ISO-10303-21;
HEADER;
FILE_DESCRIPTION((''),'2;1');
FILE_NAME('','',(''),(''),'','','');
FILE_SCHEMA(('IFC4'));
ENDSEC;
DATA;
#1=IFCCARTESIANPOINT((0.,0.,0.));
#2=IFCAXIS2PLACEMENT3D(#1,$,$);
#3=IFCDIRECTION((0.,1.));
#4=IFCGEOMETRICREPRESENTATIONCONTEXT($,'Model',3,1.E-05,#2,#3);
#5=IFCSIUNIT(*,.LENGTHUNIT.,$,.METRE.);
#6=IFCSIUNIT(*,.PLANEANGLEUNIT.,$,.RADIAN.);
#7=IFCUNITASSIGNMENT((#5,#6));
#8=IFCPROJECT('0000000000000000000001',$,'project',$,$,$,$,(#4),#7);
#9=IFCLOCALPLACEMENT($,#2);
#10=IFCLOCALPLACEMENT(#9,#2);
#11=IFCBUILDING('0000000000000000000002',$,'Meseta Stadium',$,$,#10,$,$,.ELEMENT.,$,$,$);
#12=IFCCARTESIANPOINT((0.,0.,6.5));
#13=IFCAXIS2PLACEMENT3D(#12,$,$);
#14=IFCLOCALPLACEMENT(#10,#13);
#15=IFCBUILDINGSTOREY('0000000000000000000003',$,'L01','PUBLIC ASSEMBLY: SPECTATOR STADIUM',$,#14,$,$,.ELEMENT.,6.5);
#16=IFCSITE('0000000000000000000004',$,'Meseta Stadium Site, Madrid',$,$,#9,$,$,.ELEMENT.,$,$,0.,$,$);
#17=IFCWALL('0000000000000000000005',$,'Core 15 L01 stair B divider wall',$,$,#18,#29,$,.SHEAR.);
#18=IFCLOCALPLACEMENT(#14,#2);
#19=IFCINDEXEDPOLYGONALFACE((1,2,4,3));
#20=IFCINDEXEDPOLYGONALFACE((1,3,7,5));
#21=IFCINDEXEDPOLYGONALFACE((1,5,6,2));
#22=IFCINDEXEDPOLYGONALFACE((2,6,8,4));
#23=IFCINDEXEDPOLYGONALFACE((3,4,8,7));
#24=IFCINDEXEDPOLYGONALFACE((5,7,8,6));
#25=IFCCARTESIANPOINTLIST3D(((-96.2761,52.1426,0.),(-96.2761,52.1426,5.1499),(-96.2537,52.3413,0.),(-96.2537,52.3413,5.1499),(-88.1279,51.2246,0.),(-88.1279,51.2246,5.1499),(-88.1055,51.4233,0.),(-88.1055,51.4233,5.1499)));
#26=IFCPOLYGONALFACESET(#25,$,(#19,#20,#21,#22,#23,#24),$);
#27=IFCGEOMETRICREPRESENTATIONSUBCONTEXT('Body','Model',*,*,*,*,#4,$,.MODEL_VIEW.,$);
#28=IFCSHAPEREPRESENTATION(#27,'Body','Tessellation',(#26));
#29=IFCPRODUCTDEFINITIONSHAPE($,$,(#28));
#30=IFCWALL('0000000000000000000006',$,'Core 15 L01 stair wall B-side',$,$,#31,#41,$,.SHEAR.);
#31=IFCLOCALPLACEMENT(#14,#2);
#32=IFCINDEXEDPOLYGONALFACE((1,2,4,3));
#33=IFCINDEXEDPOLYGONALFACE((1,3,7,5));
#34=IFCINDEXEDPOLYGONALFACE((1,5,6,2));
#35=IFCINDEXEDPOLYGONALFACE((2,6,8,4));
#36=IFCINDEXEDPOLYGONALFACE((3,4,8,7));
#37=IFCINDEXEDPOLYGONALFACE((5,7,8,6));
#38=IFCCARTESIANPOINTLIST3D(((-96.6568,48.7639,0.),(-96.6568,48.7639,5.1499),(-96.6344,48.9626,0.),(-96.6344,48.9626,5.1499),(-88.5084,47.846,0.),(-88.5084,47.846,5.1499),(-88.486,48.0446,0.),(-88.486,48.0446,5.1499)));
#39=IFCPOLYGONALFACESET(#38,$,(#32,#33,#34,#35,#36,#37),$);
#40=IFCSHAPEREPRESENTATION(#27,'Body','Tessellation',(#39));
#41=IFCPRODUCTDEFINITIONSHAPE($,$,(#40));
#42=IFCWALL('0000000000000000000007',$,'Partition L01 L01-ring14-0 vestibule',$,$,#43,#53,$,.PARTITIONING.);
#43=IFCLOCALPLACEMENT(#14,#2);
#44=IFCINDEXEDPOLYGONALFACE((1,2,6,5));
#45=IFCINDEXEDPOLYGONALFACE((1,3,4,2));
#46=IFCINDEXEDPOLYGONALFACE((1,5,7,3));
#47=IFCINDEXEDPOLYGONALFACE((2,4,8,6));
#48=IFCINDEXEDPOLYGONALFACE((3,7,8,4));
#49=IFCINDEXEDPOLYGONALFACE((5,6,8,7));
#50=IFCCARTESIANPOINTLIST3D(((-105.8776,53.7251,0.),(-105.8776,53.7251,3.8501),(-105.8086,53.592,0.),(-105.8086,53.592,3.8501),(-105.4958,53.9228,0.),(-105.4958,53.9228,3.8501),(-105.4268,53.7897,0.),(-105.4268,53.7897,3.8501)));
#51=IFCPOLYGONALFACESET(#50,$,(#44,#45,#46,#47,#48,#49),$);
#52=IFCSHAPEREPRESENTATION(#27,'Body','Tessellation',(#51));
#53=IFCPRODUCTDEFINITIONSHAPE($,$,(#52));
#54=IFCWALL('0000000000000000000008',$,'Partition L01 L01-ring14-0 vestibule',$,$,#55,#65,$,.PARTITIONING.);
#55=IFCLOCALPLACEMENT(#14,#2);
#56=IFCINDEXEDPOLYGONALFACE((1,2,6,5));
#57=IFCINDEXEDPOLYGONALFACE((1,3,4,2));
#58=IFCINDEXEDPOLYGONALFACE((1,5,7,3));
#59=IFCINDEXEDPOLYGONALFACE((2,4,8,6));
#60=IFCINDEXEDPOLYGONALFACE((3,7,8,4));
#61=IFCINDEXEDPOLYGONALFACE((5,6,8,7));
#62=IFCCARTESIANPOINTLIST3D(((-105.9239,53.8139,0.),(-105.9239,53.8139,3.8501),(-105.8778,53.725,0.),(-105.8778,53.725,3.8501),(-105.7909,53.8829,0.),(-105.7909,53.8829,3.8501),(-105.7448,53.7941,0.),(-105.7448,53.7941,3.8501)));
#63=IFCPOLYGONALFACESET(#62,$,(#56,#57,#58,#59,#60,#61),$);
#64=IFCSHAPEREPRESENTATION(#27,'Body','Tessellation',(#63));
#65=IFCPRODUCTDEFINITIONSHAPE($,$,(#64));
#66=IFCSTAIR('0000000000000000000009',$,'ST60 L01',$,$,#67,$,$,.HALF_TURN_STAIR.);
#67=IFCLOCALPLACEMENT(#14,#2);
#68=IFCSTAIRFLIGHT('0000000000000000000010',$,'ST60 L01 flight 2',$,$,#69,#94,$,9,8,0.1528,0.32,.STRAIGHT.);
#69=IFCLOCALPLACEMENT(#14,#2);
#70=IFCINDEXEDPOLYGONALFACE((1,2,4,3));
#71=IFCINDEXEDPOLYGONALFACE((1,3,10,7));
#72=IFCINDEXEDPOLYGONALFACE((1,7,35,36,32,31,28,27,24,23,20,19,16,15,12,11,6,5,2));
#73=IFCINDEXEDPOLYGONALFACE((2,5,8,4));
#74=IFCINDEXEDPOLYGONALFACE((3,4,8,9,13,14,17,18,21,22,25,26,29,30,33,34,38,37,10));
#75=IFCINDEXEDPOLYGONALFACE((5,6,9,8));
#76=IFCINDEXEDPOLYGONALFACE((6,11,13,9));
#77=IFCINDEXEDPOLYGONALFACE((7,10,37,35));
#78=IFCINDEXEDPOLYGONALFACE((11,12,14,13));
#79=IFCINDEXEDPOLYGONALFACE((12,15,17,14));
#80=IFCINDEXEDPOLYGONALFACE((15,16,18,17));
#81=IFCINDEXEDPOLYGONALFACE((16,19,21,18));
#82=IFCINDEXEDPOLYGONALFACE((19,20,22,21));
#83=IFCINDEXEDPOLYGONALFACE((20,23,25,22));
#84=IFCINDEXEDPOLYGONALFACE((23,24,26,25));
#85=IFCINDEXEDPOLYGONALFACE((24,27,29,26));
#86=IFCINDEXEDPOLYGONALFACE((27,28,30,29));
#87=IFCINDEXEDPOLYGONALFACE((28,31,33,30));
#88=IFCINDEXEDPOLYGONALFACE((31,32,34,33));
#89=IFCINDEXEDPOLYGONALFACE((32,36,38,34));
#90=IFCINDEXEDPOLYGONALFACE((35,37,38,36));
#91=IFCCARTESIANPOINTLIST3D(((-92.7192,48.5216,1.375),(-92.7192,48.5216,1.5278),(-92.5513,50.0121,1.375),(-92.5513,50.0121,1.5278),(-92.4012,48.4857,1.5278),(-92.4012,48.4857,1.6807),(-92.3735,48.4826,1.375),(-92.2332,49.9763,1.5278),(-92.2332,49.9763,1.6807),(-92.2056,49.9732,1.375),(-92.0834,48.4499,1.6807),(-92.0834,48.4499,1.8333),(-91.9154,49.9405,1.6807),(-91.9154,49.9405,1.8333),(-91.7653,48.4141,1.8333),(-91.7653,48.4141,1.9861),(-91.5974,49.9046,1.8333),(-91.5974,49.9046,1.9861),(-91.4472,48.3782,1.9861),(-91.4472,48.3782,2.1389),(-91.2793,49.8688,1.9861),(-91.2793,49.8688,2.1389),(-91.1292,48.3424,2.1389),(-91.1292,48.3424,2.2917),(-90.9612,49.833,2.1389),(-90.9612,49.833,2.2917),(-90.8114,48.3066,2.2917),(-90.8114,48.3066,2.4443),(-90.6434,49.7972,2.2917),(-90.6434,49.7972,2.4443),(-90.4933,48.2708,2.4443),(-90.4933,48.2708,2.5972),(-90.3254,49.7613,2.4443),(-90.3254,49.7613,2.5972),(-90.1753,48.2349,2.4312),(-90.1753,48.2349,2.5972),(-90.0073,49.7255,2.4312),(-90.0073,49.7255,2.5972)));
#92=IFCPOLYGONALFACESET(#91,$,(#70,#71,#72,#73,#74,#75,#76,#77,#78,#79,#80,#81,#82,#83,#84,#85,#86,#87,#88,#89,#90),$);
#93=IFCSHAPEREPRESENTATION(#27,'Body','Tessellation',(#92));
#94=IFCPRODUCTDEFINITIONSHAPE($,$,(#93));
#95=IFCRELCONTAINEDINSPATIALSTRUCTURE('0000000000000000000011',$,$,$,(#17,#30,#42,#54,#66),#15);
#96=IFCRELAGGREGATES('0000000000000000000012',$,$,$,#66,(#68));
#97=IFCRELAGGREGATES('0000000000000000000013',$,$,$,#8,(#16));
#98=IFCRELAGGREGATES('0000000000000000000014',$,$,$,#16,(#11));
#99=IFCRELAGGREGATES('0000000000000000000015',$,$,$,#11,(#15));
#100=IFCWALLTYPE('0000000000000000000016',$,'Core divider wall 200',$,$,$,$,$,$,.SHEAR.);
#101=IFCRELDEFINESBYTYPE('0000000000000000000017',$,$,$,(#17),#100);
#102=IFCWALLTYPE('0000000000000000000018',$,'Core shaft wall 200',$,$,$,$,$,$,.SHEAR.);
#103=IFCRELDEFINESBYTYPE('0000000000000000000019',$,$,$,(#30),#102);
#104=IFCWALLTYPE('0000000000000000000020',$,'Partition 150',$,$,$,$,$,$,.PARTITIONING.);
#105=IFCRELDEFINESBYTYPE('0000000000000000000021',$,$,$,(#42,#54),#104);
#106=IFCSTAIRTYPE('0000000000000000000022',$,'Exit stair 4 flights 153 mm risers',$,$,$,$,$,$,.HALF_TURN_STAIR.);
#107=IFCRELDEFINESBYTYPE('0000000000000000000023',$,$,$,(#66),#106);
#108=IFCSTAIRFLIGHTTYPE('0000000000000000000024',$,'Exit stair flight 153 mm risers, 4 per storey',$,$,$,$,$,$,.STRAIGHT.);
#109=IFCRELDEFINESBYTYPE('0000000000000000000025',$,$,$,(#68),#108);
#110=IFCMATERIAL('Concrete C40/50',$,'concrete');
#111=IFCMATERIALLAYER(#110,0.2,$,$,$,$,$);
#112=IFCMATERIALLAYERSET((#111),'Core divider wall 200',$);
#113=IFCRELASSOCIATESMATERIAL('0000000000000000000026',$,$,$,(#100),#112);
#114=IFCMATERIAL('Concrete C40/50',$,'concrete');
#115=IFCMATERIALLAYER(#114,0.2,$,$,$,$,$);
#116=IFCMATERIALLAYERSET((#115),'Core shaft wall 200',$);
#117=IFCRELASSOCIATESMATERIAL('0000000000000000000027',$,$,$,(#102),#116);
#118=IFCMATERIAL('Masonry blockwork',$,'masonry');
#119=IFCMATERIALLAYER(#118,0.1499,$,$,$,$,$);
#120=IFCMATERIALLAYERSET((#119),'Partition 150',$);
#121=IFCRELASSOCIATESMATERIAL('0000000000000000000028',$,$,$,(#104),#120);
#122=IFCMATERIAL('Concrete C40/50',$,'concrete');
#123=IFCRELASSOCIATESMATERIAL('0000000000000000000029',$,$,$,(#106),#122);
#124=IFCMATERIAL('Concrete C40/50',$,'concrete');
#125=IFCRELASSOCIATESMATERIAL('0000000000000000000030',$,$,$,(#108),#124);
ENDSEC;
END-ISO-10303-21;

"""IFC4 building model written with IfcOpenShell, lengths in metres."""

from ifc_helpers import new_model, si_unit, direction, frame, frame_2d, origin, place, context, subcontext, project, spatial, polyline, rectangle, outline, extrude, material, layer, layer_set, type_object, element, aggregate, save


model = new_model("IFC4")

# Units and contexts
model_context = context("Model", 3, precision=1e-05, world=origin(), true_north=direction((0.0, 1.0)))
body_context = subcontext(model_context, "Body", "Model", "MODEL_VIEW")
ifc_project = project(units=[si_unit("LENGTHUNIT", "METRE"), si_unit("PLANEANGLEUNIT", "RADIAN")], contexts=[model_context])

# Site, building, storey
site_placement = place(None, origin())
site = spatial("IfcSite", under=ifc_project, at=site_placement, Name="Meseta Stadium Site, Madrid", CompositionType="ELEMENT", RefElevation=0.0)
building_placement = place(site_placement, origin())
building = spatial("IfcBuilding", under=site, at=building_placement, Name="Meseta Stadium", CompositionType="ELEMENT")
storey_placement = place(building_placement, frame((0.0, 0.0, 6.5)))
storey = spatial("IfcBuildingStorey", under=building, at=storey_placement, Name="L01", Description="PUBLIC ASSEMBLY: SPECTATOR STADIUM", CompositionType="ELEMENT", Elevation=6.5)

# Walls
ifc_material_1 = material(Name="Concrete C40/50", Category="concrete")
ifc_layer_1 = layer(ifc_material_1, 0.2)
ifc_layer_set_1 = layer_set([ifc_layer_1], Name="Core divider wall 200")
wall_type_1 = type_object("IfcWallType", Name="Core divider wall 200", PredefinedType="SHEAR", material=ifc_layer_set_1)
wall_1_placement = place(storey_placement, frame((-96.2649, 52.2419, 0.0), z_axis=(0.0, 0.0, 1.0), x_axis=(0.993714, -0.111951, 0.0)))
element("IfcWall", 1, at=wall_1_placement, inside=storey, type_object=wall_type_1, Name="Core 15 L01 stair B divider wall", PredefinedType="SHEAR", context=body_context, shape_type="SweptSolid", body=[
    extrude(rectangle(XDim=8.1997, YDim=0.2, at=frame_2d((4.0999, 0.0))), origin(), (0.0, 0.0, 1.0), 5.1499),
])
ifc_material_2 = material(Name="Concrete C40/50", Category="concrete")
ifc_layer_2 = layer(ifc_material_2, 0.2)
ifc_layer_set_2 = layer_set([ifc_layer_2], Name="Core shaft wall 200")
wall_type_2 = type_object("IfcWallType", Name="Core shaft wall 200", PredefinedType="SHEAR", material=ifc_layer_set_2)
wall_2_placement = place(storey_placement, frame((-96.6458, 48.8633, 0.0), z_axis=(0.0, 0.0, 1.0), x_axis=(0.993714, -0.111948, 0.0)))
element("IfcWall", 2, at=wall_2_placement, inside=storey, type_object=wall_type_2, Name="Core 15 L01 stair wall B-side", PredefinedType="SHEAR", context=body_context, shape_type="SweptSolid", body=[
    extrude(rectangle(XDim=8.2, YDim=0.2, at=frame_2d((4.1001, 0.0))), origin(), (0.0, 0.0, 1.0), 5.1499),
])
ifc_material_3 = material(Name="Masonry blockwork", Category="masonry")
ifc_layer_3 = layer(ifc_material_3, 0.1499)
ifc_layer_set_3 = layer_set([ifc_layer_3], Name="Partition 150")
wall_type_3 = type_object("IfcWallType", Name="Partition 150", PredefinedType="PARTITIONING", material=ifc_layer_set_3)
wall_3_placement = place(storey_placement, frame((-105.4614, 53.8562, 0.0), z_axis=(0.0, 0.0, 1.0), x_axis=(-0.887978, -0.459886, 0.0)))
element("IfcWall", 3, at=wall_3_placement, inside=storey, type_object=wall_type_3, Name="Partition L01 L01-ring14-0 vestibule", PredefinedType="PARTITIONING", context=body_context, shape_type="SweptSolid", body=[
    extrude(rectangle(XDim=0.4299, YDim=0.1499, at=frame_2d((0.2148, 0.0))), origin(), (0.0, 0.0, 1.0), 3.8501),
])
wall_4_placement = place(storey_placement, frame((-105.8574, 53.8484, 0.0), z_axis=(0.0, 0.0, 1.0), x_axis=(0.460815, -0.887496, 0.0)))
element("IfcWall", 4, at=wall_4_placement, inside=storey, type_object=wall_type_3, Name="Partition L01 L01-ring14-0 vestibule", PredefinedType="PARTITIONING", context=body_context, shape_type="SweptSolid", body=[
    extrude(rectangle(XDim=0.1001, YDim=0.1499, at=frame_2d((0.05, 0.0))), origin(), (0.0, 0.0, 1.0), 3.8501),
])

# Stair, stair flight
ifc_material_4 = material(Name="Concrete C40/50", Category="concrete")
stair_type = type_object("IfcStairType", Name="Exit stair 4 flights 153 mm risers", PredefinedType="HALF_TURN_STAIR", material=ifc_material_4)
stair_placement = place(storey_placement, origin())
stair = element("IfcStair", 5, at=stair_placement, inside=storey, type_object=stair_type, Name="ST60 L01", PredefinedType="HALF_TURN_STAIR")
ifc_material_5 = material(Name="Concrete C40/50", Category="concrete")
stair_flight_type = type_object("IfcStairFlightType", Name="Exit stair flight 153 mm risers, 4 per storey", PredefinedType="STRAIGHT", material=ifc_material_5)
stair_flight_placement = place(storey_placement, frame((-92.6353, 49.2668, 1.375), z_axis=(0.0, 0.0, 1.0), x_axis=(0.993712, -0.111964, 0.0)))
stair_flight = element("IfcStairFlight", 6, at=stair_flight_placement, type_object=stair_flight_type, Name="ST60 L01 flight 2", NumberOfRisers=9, NumberOfTreads=8, PredefinedType="STRAIGHT", RiserHeight=0.1528, TreadLength=0.32, context=body_context, shape_type="SweptSolid", body=[
    extrude(outline(polyline([(0.0, 0.0), (0.0, 0.1528), (0.3201, 0.1528), (0.3201, 0.3057), (0.6399, 0.3057), (0.6399, 0.4583), (0.96, 0.4583), (0.96, 0.6111), (1.28, 0.6111), (1.28, 0.7639), (1.6001, 0.7639), (1.6001, 0.9167), (1.9199, 0.9167), (1.9199, 1.0693), (2.24, 1.0693), (2.24, 1.2222), (2.5601, 1.2222), (2.5601, 1.0562), (0.3479, 0.0), (0.0, 0.0)])), frame((0.0, 0.75, 0.0), z_axis=(0.0, -1.0, 0.0), x_axis=(1.0, 0.0, 0.0)), (0.0, 0.0, 1.0), 1.5),
])
aggregate(stair, [stair_flight])

save(model, "model.ifc")
